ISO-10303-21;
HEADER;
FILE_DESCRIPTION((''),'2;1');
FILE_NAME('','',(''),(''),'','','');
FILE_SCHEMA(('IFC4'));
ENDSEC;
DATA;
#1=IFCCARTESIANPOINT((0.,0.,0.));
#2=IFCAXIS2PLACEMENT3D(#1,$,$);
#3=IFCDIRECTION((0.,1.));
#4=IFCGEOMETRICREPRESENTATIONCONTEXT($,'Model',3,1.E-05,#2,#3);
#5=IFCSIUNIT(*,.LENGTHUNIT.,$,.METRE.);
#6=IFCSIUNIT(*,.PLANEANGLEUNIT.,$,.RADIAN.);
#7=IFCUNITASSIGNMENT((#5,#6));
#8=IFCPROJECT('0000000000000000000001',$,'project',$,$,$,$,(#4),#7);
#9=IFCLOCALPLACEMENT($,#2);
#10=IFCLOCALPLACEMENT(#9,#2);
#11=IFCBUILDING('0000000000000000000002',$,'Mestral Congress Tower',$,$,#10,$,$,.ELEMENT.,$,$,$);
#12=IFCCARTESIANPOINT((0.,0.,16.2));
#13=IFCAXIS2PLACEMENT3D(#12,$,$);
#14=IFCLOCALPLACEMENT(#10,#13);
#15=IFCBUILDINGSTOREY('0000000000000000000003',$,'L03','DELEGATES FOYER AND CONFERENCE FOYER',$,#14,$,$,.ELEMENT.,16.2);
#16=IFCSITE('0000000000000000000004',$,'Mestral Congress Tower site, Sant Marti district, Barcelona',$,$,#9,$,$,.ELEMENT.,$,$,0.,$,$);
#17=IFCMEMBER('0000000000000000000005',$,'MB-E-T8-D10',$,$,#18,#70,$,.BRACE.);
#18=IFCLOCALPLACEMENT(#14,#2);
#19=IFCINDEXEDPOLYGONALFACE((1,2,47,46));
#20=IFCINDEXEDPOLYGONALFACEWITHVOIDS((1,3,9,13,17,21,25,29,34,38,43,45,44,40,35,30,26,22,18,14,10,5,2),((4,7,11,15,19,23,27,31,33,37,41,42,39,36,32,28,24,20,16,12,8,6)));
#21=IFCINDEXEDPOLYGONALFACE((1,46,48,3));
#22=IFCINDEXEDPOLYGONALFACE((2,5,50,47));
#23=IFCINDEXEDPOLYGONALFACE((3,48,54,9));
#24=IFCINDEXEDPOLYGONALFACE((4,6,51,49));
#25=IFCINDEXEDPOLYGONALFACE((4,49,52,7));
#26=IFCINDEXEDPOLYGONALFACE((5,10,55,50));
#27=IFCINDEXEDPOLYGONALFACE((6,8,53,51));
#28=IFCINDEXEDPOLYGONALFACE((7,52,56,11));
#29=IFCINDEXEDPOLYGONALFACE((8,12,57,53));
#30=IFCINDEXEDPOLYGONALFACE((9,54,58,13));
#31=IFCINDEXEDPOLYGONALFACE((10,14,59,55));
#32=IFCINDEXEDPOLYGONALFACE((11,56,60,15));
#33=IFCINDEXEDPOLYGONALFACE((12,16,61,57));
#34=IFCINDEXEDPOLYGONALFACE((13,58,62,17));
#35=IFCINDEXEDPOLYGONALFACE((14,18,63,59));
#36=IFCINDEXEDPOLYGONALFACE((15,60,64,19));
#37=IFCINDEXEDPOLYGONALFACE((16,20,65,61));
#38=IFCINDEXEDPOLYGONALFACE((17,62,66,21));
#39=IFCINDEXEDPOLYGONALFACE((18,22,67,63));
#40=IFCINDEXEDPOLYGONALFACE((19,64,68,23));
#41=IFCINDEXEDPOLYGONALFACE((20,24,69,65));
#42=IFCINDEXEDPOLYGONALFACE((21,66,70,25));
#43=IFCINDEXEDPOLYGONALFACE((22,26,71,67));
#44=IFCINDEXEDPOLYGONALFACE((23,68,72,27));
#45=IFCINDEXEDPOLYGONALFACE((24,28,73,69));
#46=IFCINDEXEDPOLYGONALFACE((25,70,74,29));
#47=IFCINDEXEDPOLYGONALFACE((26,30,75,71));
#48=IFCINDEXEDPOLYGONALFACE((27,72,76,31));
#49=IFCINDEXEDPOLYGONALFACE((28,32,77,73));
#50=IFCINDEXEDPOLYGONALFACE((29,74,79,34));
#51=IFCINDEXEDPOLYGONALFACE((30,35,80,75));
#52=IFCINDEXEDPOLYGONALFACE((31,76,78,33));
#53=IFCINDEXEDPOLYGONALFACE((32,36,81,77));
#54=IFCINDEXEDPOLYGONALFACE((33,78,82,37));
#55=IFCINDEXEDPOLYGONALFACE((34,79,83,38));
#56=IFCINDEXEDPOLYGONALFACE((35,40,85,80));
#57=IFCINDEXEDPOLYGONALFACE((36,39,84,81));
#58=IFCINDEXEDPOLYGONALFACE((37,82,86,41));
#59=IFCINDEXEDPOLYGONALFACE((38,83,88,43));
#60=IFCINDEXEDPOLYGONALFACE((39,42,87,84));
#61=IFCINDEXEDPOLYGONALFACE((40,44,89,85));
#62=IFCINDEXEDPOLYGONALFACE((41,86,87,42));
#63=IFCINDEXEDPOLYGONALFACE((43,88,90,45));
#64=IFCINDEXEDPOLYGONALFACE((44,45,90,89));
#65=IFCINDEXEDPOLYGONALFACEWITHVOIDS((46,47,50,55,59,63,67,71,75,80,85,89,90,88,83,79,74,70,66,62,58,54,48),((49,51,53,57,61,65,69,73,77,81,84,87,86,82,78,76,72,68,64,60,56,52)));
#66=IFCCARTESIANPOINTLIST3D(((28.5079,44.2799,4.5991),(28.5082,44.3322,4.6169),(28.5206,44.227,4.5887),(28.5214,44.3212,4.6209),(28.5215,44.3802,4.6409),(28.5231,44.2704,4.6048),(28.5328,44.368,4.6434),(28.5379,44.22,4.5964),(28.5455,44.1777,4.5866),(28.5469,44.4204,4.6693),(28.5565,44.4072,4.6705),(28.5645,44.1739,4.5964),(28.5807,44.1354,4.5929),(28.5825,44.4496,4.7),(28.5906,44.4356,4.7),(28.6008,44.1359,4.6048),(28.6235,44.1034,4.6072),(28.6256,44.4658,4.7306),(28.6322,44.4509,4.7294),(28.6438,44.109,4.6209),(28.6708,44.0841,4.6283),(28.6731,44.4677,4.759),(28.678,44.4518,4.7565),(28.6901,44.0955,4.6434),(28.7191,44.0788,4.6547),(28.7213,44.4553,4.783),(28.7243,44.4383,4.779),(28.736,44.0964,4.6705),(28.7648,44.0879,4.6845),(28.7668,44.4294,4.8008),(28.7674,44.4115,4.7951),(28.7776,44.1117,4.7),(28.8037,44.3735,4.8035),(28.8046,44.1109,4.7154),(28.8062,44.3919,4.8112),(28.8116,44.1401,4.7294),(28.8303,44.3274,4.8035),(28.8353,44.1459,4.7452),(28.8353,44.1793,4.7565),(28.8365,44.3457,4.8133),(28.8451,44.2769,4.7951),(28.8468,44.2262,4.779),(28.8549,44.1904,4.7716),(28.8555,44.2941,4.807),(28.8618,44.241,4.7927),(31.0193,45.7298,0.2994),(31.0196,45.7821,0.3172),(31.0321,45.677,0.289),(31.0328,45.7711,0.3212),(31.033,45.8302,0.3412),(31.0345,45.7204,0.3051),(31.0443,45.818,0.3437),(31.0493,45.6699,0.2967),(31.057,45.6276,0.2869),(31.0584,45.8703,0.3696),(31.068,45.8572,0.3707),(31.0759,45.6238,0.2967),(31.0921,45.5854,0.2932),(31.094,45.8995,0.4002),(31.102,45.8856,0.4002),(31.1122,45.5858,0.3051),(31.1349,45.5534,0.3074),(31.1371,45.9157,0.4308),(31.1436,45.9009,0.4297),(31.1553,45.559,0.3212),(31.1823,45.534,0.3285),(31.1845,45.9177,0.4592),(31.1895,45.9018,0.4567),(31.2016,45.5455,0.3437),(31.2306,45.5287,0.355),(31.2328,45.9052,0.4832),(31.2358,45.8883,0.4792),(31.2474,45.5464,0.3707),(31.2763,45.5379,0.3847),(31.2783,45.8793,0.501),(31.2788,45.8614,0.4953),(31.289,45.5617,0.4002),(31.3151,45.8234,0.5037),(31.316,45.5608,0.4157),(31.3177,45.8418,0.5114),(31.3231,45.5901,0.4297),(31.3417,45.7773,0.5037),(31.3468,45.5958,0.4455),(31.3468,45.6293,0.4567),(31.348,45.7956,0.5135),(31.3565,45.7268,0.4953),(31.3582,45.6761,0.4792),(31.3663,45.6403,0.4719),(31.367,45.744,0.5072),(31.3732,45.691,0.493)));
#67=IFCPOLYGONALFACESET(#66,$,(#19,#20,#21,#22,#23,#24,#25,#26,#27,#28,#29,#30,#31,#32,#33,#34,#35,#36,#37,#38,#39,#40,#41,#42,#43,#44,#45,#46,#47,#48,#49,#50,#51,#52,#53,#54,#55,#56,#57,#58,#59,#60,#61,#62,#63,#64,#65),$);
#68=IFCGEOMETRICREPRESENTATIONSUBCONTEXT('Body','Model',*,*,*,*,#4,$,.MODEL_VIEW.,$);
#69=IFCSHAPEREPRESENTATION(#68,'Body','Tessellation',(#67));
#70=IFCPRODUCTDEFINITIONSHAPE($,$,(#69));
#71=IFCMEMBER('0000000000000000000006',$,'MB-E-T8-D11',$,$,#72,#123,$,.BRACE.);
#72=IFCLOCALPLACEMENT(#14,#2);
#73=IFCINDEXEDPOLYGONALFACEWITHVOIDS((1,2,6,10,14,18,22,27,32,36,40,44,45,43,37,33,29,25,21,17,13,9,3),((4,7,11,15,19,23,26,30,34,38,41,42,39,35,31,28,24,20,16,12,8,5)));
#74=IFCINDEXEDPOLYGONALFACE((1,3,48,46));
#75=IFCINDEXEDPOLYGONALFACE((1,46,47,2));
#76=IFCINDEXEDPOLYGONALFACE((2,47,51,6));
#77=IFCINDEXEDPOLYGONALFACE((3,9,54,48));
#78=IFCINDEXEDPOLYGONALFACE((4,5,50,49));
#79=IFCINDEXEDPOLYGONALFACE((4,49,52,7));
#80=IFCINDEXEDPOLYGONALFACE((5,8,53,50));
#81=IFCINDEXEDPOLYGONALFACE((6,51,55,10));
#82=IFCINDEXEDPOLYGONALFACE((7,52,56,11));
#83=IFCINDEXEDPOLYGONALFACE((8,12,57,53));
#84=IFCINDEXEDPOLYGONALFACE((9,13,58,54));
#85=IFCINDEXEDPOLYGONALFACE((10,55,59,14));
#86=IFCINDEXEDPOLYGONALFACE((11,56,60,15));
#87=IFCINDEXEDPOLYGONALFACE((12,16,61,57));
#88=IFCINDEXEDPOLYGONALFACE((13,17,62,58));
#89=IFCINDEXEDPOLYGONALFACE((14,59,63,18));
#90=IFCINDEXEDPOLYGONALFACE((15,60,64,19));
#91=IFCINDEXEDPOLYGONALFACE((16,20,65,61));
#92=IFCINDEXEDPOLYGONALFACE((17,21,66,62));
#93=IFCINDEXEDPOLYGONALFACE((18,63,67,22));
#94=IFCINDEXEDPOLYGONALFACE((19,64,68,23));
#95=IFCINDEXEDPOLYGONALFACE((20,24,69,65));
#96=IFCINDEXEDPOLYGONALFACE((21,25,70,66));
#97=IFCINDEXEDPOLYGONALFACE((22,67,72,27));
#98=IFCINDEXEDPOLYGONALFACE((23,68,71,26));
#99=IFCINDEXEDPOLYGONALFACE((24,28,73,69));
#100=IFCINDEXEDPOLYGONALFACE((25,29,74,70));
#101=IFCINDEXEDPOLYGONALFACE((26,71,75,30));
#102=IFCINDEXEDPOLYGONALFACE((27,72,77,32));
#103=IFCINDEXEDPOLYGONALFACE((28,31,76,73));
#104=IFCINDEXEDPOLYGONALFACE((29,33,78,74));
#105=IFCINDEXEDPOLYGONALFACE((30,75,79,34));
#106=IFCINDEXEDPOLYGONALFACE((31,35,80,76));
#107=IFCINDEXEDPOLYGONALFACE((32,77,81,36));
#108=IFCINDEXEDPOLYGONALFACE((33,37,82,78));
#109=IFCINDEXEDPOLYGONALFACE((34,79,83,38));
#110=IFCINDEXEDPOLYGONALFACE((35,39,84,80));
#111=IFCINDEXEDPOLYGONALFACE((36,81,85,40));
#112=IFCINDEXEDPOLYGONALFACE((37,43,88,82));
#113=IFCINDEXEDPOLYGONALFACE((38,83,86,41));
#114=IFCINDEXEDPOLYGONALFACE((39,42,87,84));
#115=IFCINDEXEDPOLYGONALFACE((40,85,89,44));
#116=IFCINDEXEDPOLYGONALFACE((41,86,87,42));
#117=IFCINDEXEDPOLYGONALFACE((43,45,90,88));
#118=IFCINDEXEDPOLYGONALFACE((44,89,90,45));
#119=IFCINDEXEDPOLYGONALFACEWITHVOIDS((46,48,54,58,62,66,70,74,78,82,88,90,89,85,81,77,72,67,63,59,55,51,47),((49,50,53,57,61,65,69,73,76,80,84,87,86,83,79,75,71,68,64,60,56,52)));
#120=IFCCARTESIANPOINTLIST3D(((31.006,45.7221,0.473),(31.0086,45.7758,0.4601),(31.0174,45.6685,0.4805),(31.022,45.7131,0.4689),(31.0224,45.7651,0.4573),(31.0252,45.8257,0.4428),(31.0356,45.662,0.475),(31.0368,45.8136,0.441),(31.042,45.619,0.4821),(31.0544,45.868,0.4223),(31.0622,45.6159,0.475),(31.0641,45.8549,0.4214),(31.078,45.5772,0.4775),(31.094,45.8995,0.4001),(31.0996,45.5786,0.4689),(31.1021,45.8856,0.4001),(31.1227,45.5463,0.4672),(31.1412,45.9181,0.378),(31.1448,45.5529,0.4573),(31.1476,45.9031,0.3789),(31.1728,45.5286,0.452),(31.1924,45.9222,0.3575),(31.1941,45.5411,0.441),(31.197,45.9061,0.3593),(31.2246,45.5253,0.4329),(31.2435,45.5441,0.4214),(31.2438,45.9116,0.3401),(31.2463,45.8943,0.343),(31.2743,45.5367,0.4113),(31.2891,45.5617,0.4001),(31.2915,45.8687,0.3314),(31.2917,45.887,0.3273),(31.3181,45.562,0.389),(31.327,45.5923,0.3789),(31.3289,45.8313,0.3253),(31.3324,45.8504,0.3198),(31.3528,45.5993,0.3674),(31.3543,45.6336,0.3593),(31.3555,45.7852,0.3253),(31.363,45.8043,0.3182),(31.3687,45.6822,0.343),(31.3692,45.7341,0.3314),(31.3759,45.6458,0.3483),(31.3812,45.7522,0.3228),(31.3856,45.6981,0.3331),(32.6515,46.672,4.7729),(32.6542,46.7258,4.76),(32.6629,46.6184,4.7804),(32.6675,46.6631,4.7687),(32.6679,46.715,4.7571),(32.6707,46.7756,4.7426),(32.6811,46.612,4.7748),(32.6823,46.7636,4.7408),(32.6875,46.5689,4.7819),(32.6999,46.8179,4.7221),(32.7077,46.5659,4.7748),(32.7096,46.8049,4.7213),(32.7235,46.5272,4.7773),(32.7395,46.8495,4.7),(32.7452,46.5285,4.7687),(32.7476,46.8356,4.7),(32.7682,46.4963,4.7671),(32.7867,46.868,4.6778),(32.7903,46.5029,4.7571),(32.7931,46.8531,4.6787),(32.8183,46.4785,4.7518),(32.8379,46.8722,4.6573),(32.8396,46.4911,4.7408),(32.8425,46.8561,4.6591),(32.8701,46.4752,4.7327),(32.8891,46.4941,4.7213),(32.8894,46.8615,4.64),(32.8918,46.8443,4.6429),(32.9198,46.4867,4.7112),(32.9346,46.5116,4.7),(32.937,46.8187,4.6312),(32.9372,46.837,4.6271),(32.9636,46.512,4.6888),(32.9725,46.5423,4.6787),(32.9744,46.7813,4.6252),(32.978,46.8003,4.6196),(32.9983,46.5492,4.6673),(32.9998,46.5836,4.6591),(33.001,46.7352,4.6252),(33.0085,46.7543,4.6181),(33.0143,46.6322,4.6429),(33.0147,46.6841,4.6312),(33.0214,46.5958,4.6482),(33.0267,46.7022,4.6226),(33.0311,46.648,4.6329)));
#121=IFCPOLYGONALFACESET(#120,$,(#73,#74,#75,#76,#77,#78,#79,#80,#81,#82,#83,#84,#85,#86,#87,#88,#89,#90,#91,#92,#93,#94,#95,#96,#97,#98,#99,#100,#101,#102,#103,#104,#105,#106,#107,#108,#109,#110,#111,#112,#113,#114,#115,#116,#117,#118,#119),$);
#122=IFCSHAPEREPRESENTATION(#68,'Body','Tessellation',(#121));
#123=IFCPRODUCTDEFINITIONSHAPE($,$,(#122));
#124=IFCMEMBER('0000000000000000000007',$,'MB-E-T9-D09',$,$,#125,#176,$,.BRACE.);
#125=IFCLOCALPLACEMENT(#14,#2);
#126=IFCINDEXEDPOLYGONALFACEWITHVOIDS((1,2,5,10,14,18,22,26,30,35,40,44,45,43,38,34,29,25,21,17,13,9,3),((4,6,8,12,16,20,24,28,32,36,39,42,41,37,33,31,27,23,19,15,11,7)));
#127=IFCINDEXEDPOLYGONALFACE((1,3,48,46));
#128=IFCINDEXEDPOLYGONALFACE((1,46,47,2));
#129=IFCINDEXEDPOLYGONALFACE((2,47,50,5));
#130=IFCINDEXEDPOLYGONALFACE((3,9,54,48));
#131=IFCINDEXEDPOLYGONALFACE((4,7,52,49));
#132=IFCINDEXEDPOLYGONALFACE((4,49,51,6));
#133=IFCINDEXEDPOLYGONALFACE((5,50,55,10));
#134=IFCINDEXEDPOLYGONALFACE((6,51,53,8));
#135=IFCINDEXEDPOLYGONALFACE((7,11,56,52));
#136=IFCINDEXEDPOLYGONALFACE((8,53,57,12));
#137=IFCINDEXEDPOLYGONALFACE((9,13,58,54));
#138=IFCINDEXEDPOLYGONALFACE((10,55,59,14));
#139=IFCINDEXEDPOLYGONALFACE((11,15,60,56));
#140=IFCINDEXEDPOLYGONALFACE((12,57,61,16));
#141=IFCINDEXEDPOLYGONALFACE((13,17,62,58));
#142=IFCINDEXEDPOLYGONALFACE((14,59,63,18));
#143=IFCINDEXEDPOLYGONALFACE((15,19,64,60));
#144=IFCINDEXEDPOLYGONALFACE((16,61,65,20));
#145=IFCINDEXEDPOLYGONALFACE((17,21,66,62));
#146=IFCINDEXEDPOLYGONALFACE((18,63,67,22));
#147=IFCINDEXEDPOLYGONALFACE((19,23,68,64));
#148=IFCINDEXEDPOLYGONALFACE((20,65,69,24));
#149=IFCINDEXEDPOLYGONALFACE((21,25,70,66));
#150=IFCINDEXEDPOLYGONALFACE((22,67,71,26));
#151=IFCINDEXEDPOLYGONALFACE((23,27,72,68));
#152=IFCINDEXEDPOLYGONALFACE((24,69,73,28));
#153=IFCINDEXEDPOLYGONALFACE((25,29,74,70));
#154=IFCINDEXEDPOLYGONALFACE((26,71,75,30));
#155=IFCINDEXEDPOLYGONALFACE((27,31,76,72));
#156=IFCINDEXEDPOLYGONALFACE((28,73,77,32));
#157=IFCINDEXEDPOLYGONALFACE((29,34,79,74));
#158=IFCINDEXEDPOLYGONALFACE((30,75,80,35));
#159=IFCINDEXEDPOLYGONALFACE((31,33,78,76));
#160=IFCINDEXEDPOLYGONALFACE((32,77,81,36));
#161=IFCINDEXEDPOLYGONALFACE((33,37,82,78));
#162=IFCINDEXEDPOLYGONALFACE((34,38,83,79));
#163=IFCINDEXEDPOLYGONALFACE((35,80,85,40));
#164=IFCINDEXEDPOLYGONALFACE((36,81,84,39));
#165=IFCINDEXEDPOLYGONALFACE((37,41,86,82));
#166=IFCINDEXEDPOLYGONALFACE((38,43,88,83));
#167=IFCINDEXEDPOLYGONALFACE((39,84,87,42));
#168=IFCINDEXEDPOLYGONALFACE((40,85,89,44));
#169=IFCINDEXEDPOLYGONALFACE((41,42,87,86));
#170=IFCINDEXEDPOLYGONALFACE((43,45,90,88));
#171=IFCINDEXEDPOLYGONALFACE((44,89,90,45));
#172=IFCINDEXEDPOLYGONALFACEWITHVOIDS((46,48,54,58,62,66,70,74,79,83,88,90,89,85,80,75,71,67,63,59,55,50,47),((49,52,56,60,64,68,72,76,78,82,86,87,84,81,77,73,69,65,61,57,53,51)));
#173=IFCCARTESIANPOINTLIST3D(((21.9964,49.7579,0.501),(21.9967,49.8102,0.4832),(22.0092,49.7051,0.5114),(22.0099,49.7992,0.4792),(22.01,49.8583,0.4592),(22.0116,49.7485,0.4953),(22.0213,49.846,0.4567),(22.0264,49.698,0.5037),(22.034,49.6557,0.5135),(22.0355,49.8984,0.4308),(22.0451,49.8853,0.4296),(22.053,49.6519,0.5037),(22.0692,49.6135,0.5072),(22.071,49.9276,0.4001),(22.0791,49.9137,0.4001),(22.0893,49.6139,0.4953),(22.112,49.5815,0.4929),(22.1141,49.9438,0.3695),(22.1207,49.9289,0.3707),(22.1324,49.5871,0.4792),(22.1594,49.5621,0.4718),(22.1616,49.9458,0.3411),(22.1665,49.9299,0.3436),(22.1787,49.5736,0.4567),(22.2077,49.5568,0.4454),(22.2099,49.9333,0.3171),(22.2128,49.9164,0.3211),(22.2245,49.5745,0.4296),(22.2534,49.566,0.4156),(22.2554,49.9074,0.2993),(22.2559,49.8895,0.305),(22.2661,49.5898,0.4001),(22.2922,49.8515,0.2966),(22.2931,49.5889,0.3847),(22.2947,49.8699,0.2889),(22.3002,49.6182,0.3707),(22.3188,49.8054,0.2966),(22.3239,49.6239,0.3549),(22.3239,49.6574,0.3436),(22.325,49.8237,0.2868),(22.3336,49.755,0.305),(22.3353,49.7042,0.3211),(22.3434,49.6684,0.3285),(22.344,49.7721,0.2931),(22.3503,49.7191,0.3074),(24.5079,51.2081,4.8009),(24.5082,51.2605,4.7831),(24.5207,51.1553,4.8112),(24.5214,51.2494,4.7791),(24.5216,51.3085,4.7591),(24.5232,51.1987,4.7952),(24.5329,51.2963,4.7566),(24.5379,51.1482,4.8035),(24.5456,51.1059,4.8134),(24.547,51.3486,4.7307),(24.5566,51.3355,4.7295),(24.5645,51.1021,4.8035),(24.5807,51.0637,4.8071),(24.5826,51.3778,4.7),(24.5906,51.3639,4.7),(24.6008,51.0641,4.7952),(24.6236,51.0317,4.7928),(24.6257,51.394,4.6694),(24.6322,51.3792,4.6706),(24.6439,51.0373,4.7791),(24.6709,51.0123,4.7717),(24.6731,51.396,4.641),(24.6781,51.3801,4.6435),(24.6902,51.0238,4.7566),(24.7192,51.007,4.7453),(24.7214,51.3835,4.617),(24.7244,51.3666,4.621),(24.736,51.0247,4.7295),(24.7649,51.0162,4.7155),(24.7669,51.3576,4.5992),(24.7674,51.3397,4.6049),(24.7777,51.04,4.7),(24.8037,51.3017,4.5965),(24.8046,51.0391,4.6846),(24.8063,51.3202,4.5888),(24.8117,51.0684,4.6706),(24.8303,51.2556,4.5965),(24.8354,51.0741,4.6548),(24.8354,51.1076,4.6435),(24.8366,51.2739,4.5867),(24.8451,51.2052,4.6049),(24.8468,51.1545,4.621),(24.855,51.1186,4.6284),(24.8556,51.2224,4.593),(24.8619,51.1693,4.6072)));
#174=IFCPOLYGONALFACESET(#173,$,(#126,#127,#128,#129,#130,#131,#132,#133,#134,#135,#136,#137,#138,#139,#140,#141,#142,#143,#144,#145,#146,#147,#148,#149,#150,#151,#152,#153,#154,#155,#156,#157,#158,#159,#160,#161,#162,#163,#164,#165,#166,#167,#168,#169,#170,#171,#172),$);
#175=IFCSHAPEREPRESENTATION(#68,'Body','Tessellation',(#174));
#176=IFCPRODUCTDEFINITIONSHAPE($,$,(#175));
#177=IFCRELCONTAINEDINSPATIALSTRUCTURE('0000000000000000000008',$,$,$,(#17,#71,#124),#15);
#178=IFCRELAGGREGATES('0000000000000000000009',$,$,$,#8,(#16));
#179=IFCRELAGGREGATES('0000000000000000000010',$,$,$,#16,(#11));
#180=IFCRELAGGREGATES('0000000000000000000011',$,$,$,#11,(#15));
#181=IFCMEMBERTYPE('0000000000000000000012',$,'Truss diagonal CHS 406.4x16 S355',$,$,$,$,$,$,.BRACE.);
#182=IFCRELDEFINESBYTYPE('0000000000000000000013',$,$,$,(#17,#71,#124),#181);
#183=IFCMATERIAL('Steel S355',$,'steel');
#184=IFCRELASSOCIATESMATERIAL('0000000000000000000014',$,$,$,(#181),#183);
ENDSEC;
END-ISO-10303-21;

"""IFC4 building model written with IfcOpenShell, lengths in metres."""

from ifc_helpers import new_model, si_unit, direction, frame, origin, origin_2d, place, context, subcontext, project, spatial, hollow_circle, extrude, material, material_profile, profile_set, type_object, element, save


model = new_model("IFC4")

# Units and contexts
model_context = context("Model", 3, precision=1e-05, world=origin(), true_north=direction((0.0, 1.0)))
body_context = subcontext(model_context, "Body", "Model", "MODEL_VIEW")
ifc_project = project(units=[si_unit("LENGTHUNIT", "METRE"), si_unit("PLANEANGLEUNIT", "RADIAN")], contexts=[model_context])

# Site, building, storey
site_placement = place(None, origin())
site = spatial("IfcSite", under=ifc_project, at=site_placement, Name="Mestral Congress Tower site, Sant Marti district, Barcelona", CompositionType="ELEMENT", RefElevation=0.0)
building_placement = place(site_placement, origin())
building = spatial("IfcBuilding", under=site, at=building_placement, Name="Mestral Congress Tower", CompositionType="ELEMENT")
storey_placement = place(building_placement, frame((0.0, 0.0, 16.2)))
storey = spatial("IfcBuildingStorey", under=building, at=storey_placement, Name="L03", Description="DELEGATES FOYER AND CONFERENCE FOYER", CompositionType="ELEMENT", Elevation=16.2)

# Shared definitions
ifc_material_1 = material(Name="Steel S355", Category="steel")

# Members
ifc_material_profile_1 = material_profile(ifc_material_1, hollow_circle(Radius=0.2031, WallThickness=0.0161, at=origin_2d()), Name="CHS 406.4x16")
ifc_profile_set_1 = profile_set([ifc_material_profile_1], Name="Steel S355")
member_type_1 = type_object("IfcMemberType", Name="Truss diagonal CHS 406.4x16 S355", PredefinedType="BRACE", material=ifc_profile_set_1)
member_1_placement = place(storey_placement, frame((28.6841, 44.2737, 4.7), z_axis=(0.484247, 0.279571, -0.829062), x_axis=(-0.499987, 0.866033, 0.0)))
element("IfcMember", 1, at=member_1_placement, inside=storey, type_object=member_type_1, Name="MB-E-T8-D10", PredefinedType="BRACE", context=body_context, shape_type="SweptSolid", body=[
    extrude(hollow_circle(Radius=0.2031, WallThickness=0.0161, at=origin_2d()), origin(), (0.0, 0.0, 1.0), 5.1863),
])
member_2_placement = place(storey_placement, frame((31.1956, 45.7236, 0.4001), z_axis=(0.350041, 0.202079, 0.914678), x_axis=(-0.499967, 0.866044, 0.0)))
element("IfcMember", 2, at=member_2_placement, inside=storey, type_object=member_type_1, Name="MB-E-T8-D11", PredefinedType="BRACE", context=body_context, shape_type="SweptSolid", body=[
    extrude(hollow_circle(Radius=0.2031, WallThickness=0.0161, at=origin_2d()), origin(), (0.0, 0.0, 1.0), 4.7009),
])
member_3_placement = place(storey_placement, frame((22.1726, 49.7517, 0.4001), z_axis=(0.484241, 0.279614, 0.829052), x_axis=(-0.50005, 0.865996, 0.0)))
element("IfcMember", 3, at=member_3_placement, inside=storey, type_object=member_type_1, Name="MB-E-T9-D09", PredefinedType="BRACE", context=body_context, shape_type="SweptSolid", body=[
    extrude(hollow_circle(Radius=0.2031, WallThickness=0.0161, at=origin_2d()), origin(), (0.0, 0.0, 1.0), 5.1865),
])

save(model, "model.ifc")
